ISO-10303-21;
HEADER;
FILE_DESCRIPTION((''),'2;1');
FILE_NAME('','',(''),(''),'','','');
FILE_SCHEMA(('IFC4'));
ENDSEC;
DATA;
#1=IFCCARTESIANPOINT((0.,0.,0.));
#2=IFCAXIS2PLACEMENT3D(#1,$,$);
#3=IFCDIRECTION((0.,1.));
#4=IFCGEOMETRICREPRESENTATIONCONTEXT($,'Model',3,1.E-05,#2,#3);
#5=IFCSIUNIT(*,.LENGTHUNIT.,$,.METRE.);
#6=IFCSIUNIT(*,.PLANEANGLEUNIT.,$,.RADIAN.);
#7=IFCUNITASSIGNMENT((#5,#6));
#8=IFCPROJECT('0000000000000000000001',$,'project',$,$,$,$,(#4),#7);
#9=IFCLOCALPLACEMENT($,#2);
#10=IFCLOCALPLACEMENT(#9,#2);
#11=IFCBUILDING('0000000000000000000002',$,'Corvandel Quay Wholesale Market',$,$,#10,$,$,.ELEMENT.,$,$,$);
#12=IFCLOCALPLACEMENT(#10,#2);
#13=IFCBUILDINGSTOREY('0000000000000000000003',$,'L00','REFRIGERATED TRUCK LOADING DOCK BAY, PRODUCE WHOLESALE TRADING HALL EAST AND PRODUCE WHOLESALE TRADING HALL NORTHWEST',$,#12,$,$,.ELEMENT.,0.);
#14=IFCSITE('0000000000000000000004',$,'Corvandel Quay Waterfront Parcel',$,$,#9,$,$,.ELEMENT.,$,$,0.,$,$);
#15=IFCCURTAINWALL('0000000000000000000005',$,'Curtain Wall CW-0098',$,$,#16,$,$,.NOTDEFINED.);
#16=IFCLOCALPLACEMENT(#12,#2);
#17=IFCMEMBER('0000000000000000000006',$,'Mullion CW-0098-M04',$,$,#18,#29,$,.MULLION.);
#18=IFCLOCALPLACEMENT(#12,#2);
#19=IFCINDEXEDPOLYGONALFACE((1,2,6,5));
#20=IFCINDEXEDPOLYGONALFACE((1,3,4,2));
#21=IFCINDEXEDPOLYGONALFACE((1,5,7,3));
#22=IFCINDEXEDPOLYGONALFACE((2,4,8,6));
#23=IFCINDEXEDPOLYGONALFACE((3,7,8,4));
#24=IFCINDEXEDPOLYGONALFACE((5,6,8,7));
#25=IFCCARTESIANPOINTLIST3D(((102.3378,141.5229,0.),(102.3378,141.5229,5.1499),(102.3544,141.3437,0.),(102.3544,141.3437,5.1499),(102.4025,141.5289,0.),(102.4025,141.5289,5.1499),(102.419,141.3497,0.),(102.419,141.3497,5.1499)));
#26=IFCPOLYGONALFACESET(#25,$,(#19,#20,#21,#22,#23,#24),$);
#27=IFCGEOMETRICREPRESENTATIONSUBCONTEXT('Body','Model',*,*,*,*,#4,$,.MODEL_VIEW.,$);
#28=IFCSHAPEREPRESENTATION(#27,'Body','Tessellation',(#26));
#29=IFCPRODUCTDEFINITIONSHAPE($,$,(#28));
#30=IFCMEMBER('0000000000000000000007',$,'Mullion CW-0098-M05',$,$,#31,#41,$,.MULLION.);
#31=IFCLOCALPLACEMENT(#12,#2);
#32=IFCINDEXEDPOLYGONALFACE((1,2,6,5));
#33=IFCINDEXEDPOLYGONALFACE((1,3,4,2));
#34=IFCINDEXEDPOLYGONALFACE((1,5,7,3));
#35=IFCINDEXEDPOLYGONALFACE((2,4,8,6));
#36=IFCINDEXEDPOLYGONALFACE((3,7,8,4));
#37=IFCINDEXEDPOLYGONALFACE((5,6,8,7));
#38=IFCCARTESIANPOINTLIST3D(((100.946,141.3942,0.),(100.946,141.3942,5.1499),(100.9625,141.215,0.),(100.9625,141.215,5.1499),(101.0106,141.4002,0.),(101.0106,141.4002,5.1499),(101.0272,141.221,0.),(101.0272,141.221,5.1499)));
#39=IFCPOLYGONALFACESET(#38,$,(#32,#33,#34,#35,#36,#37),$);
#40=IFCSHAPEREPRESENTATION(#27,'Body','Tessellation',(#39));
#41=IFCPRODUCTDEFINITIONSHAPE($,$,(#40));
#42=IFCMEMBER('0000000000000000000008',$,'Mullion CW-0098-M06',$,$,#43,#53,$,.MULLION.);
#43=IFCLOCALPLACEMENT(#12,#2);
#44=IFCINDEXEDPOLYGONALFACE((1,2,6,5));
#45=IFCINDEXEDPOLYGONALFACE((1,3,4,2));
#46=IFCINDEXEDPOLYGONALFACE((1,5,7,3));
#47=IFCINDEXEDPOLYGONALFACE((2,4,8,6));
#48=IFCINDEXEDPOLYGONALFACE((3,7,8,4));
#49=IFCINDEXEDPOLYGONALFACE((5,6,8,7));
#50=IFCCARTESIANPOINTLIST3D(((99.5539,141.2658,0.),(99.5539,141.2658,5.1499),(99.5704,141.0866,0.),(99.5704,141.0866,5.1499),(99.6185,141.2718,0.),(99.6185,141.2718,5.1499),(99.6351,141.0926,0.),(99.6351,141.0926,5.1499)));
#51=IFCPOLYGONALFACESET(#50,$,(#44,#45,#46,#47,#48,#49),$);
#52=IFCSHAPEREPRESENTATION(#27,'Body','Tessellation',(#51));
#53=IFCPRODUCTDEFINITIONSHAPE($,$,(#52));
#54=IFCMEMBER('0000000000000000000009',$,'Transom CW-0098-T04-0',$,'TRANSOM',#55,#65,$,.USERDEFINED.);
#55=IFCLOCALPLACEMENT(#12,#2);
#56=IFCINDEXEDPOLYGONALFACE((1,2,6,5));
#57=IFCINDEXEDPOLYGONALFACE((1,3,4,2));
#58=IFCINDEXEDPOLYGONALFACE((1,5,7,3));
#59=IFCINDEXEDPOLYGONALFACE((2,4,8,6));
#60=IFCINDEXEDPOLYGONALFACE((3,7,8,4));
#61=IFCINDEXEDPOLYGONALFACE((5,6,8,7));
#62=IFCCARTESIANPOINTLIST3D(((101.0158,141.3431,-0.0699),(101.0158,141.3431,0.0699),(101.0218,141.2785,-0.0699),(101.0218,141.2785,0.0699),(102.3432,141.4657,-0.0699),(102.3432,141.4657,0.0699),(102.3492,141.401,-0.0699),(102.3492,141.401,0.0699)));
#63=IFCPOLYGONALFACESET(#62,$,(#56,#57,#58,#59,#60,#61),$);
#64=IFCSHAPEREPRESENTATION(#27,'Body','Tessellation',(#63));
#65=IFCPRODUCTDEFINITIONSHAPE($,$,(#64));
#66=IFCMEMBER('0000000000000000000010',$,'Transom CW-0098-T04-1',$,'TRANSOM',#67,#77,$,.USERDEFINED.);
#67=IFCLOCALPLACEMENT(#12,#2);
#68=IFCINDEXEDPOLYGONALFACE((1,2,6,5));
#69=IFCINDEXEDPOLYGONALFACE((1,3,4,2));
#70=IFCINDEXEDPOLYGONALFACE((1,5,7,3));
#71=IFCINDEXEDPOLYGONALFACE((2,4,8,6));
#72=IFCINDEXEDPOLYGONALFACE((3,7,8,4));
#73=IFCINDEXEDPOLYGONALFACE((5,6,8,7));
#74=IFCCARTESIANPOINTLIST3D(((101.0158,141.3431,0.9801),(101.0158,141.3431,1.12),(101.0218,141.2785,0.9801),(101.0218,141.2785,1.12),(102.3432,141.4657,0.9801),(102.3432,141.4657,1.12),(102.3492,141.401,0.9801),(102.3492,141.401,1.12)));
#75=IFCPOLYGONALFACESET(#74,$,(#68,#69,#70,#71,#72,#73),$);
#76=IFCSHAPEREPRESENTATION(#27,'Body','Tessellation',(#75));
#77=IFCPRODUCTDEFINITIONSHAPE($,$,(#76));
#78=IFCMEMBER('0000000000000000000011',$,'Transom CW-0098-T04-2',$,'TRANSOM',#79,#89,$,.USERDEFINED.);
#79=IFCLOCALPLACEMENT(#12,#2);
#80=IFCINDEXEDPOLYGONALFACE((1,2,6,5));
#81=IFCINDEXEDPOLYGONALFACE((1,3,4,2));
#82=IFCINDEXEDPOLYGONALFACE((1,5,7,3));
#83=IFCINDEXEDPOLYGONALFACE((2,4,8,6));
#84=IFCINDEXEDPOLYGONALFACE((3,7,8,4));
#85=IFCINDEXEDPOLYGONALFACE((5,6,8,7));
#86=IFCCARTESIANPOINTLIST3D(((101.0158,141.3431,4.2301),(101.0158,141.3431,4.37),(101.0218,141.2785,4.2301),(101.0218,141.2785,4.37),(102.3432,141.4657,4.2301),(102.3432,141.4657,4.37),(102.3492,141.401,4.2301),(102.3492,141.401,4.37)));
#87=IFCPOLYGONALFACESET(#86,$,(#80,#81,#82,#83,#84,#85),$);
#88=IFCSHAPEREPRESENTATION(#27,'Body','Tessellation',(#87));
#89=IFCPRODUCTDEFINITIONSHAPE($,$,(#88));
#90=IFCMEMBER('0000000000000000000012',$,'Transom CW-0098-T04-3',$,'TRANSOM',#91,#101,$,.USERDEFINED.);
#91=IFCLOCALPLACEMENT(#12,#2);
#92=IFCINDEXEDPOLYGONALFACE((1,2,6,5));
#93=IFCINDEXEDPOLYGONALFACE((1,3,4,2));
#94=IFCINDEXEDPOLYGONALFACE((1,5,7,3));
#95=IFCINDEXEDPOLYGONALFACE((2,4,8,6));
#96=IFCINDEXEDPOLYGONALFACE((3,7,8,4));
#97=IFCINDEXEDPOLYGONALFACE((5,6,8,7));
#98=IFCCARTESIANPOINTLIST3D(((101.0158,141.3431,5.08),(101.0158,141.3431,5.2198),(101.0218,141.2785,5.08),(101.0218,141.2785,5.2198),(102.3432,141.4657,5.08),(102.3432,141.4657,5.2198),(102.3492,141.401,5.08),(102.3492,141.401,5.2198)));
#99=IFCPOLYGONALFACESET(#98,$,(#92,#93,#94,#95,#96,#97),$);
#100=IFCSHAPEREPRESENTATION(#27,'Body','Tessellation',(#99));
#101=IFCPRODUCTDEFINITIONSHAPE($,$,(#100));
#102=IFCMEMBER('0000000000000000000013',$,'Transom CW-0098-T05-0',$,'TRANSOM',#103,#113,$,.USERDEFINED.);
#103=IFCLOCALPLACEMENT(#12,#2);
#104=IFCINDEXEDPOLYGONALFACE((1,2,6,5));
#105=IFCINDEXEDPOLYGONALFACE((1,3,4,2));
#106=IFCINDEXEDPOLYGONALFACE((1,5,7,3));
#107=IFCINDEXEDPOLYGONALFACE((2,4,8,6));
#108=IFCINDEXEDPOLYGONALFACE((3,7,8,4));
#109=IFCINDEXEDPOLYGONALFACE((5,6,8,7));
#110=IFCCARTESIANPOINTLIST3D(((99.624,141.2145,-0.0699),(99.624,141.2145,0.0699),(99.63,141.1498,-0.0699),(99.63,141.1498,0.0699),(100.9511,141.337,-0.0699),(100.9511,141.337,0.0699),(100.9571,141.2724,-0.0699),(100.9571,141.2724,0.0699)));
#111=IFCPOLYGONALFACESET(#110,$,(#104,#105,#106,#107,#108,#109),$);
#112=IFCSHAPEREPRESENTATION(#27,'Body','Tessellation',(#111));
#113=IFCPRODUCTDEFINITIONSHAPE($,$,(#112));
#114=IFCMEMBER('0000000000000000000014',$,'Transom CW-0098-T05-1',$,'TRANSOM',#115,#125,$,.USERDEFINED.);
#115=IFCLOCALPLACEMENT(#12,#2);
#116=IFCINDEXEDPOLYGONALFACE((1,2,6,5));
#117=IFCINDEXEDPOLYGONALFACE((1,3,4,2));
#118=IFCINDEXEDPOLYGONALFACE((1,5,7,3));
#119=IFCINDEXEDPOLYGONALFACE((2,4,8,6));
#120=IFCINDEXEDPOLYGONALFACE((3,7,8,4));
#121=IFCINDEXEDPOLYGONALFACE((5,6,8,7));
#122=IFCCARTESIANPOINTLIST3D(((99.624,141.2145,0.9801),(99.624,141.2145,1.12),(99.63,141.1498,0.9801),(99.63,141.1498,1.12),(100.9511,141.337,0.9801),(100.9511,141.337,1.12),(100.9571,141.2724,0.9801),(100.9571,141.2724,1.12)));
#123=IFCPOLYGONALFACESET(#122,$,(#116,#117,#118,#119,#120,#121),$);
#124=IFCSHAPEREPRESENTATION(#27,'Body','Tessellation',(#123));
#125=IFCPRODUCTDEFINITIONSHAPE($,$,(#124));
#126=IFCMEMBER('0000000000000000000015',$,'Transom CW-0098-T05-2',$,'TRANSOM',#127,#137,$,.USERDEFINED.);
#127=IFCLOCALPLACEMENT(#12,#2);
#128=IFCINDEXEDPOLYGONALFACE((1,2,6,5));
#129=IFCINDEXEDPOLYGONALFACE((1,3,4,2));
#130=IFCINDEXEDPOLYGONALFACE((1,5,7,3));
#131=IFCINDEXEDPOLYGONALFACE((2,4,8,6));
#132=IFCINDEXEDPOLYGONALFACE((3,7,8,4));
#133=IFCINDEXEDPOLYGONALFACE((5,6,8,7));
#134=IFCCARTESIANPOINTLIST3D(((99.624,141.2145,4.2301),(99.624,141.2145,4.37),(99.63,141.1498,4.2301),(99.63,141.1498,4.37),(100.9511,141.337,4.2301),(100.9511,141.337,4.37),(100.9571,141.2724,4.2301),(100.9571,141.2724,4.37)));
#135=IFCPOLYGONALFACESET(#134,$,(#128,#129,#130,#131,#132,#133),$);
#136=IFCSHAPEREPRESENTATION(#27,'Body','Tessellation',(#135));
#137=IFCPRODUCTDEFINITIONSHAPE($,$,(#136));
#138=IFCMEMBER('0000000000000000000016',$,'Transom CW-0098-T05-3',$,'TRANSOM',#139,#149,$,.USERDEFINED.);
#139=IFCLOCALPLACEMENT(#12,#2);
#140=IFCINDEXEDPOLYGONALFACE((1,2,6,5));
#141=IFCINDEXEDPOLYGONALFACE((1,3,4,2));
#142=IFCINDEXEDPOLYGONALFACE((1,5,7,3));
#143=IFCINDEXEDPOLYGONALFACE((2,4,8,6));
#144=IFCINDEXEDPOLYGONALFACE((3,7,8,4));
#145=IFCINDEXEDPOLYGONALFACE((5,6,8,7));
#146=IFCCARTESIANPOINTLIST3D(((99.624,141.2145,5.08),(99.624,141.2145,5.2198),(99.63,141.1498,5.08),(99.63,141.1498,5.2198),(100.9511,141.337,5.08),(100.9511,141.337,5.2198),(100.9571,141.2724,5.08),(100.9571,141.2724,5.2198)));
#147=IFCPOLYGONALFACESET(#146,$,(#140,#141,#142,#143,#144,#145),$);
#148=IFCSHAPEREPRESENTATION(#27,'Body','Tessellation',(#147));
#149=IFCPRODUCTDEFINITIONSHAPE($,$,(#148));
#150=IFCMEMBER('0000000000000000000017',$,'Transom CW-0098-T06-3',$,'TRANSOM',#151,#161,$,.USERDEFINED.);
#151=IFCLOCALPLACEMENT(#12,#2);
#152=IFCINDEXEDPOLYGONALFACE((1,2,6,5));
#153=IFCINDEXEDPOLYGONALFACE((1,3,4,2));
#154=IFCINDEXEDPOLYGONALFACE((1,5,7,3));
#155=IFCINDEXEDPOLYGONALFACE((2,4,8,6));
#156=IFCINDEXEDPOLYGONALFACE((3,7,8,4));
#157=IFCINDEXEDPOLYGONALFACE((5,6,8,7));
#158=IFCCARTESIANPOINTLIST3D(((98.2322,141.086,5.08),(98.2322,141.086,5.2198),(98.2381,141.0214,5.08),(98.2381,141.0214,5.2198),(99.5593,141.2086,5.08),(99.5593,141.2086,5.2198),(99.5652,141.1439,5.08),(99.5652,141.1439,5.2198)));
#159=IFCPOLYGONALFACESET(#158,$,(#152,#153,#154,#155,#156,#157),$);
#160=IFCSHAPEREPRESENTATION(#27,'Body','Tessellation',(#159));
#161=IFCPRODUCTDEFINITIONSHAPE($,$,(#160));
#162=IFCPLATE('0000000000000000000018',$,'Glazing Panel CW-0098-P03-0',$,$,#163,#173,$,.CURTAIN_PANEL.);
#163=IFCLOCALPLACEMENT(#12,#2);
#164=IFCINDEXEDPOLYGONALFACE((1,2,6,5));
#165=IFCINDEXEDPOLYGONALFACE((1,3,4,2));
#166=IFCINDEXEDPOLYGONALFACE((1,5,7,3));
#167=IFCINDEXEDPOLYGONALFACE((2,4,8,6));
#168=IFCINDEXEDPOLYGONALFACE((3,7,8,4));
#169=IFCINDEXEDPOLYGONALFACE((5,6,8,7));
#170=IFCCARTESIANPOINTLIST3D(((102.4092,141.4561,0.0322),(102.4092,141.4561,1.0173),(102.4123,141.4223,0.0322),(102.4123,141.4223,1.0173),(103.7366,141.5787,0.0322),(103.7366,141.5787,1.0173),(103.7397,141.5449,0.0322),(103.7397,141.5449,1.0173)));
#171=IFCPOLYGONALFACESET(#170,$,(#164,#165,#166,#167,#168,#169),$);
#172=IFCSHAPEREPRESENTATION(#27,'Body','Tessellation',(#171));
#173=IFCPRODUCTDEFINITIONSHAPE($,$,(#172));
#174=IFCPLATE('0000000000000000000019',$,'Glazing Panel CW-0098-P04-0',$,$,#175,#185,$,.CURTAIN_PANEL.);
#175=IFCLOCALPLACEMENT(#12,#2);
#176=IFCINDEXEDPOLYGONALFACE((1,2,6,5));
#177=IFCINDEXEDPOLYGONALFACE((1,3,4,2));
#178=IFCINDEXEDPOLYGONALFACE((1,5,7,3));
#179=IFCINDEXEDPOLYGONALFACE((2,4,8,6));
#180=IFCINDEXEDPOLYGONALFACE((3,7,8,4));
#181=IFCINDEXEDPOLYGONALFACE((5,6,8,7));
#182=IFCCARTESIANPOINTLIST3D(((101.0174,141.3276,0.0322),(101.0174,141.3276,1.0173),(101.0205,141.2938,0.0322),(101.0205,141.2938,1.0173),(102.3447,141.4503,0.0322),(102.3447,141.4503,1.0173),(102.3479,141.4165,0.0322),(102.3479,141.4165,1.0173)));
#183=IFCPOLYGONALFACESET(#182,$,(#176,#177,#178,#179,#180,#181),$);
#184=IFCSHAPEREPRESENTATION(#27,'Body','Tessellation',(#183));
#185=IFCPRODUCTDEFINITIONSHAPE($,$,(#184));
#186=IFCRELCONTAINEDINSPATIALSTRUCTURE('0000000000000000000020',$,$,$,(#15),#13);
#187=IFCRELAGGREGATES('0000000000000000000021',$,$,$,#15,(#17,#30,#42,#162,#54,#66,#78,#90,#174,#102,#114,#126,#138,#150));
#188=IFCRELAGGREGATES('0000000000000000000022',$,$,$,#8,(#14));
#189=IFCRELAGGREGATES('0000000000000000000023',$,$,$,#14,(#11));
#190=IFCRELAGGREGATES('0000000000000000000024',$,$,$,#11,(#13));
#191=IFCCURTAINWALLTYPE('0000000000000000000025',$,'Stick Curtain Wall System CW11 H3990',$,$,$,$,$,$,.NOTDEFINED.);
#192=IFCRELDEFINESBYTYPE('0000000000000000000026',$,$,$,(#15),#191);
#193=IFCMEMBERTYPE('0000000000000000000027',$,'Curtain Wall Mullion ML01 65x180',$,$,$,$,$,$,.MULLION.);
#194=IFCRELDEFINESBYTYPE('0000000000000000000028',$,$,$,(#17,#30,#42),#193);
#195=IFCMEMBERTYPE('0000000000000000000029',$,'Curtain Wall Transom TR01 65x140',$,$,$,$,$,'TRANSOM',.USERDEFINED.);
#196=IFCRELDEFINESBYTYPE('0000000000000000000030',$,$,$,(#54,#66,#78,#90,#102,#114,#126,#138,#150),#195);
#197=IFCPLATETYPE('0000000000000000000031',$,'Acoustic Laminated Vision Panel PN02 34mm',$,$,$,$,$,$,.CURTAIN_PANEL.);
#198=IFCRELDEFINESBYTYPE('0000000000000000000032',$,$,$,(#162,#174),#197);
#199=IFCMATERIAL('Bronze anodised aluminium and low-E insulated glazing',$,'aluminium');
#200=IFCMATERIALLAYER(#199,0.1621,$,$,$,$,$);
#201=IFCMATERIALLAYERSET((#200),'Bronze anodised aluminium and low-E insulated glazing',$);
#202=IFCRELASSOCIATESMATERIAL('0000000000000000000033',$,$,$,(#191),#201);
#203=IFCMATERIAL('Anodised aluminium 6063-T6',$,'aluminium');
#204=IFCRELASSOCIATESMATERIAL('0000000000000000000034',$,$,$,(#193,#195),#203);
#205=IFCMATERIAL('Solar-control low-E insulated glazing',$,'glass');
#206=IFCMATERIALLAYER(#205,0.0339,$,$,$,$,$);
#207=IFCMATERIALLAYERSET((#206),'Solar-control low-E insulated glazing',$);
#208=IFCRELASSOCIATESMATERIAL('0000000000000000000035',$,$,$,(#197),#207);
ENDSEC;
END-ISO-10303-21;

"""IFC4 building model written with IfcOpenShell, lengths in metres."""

from ifc_helpers import new_model, si_unit, direction, frame, origin, origin_2d, place, context, subcontext, project, spatial, rectangle, extrude, material, layer, layer_set, material_profile, profile_set, type_object, element, aggregate, save


model = new_model("IFC4")

# Units and contexts
model_context = context("Model", 3, precision=1e-05, world=origin(), true_north=direction((0.0, 1.0)))
body_context = subcontext(model_context, "Body", "Model", "MODEL_VIEW")
ifc_project = project(units=[si_unit("LENGTHUNIT", "METRE"), si_unit("PLANEANGLEUNIT", "RADIAN")], contexts=[model_context])

# Site, building, storey
site_placement = place(None, origin())
site = spatial("IfcSite", under=ifc_project, at=site_placement, Name="Corvandel Quay Waterfront Parcel", CompositionType="ELEMENT", RefElevation=0.0)
building_placement = place(site_placement, origin())
building = spatial("IfcBuilding", under=site, at=building_placement, Name="Corvandel Quay Wholesale Market", CompositionType="ELEMENT")
storey_placement = place(building_placement, origin())
storey = spatial("IfcBuildingStorey", under=building, at=storey_placement, Name="L00", Description="REFRIGERATED TRUCK LOADING DOCK BAY, PRODUCE WHOLESALE TRADING HALL EAST AND PRODUCE WHOLESALE TRADING HALL NORTHWEST", CompositionType="ELEMENT", Elevation=0.0)

# Curtain wall, members, plates
ifc_material_1 = material(Name="Bronze anodised aluminium and low-E insulated glazing", Category="aluminium")
ifc_layer_1 = layer(ifc_material_1, 0.1621)
ifc_layer_set_1 = layer_set([ifc_layer_1], Name="Bronze anodised aluminium and low-E insulated glazing")
curtain_wall_type = type_object("IfcCurtainWallType", Name="Stick Curtain Wall System CW11 H3990", PredefinedType="NOTDEFINED", material=ifc_layer_set_1)
curtain_wall_placement = place(storey_placement, origin())
curtain_wall = element("IfcCurtainWall", 1, at=curtain_wall_placement, inside=storey, type_object=curtain_wall_type, Name="Curtain Wall CW-0098", PredefinedType="NOTDEFINED")
ifc_material_2 = material(Name="Anodised aluminium 6063-T6", Category="aluminium")
ifc_material_profile_1 = material_profile(ifc_material_2, rectangle(XDim=0.0649, YDim=0.1799, at=origin_2d()), Name="ALU-MUL-65x180")
ifc_profile_set_1 = profile_set([ifc_material_profile_1], Name="Anodised aluminium 6063-T6")
member_type_1 = type_object("IfcMemberType", Name="Curtain Wall Mullion ML01 65x180", PredefinedType="MULLION", material=ifc_profile_set_1)
member_1_placement = place(storey_placement, frame((102.3784, 141.4363, 0.0), z_axis=(0.0, 0.0, 1.0), x_axis=(0.995757, 0.092023, 0.0)))
member_1 = element("IfcMember", 2, at=member_1_placement, type_object=member_type_1, Name="Mullion CW-0098-M04", PredefinedType="MULLION", context=body_context, shape_type="SweptSolid", body=[
    extrude(rectangle(XDim=0.0649, YDim=0.1799, at=origin_2d()), origin(), (0.0, 0.0, 1.0), 5.1499),
])
member_2_placement = place(storey_placement, frame((100.9866, 141.3076, 0.0), z_axis=(0.0, 0.0, 1.0), x_axis=(0.995757, 0.092023, 0.0)))
member_2 = element("IfcMember", 3, at=member_2_placement, type_object=member_type_1, Name="Mullion CW-0098-M05", PredefinedType="MULLION", context=body_context, shape_type="SweptSolid", body=[
    extrude(rectangle(XDim=0.0649, YDim=0.1799, at=origin_2d()), origin(), (0.0, 0.0, 1.0), 5.1499),
])
member_3_placement = place(storey_placement, frame((99.5945, 141.1792, 0.0), z_axis=(0.0, 0.0, 1.0), x_axis=(0.995757, 0.092023, 0.0)))
member_3 = element("IfcMember", 4, at=member_3_placement, type_object=member_type_1, Name="Mullion CW-0098-M06", PredefinedType="MULLION", context=body_context, shape_type="SweptSolid", body=[
    extrude(rectangle(XDim=0.0649, YDim=0.1799, at=origin_2d()), origin(), (0.0, 0.0, 1.0), 5.1499),
])
ifc_material_profile_2 = material_profile(ifc_material_2, rectangle(XDim=0.0649, YDim=0.1399, at=origin_2d()), Name="ALU-TRN-65x140")
ifc_profile_set_2 = profile_set([ifc_material_profile_2], Name="Anodised aluminium 6063-T6")
member_type_2 = type_object("IfcMemberType", Name="Curtain Wall Transom TR01 65x140", ElementType="TRANSOM", PredefinedType="USERDEFINED", material=ifc_profile_set_2)
member_4_placement = place(storey_placement, frame((102.3462, 141.4333, 0.0), z_axis=(-0.995765, -0.091939, 0.0), x_axis=(0.091939, -0.995765, 0.0)))
member_4 = element("IfcMember", 5, at=member_4_placement, type_object=member_type_2, Name="Transom CW-0098-T04-0", ObjectType="TRANSOM", PredefinedType="USERDEFINED", context=body_context, shape_type="SweptSolid", body=[
    extrude(rectangle(XDim=0.0649, YDim=0.1399, at=origin_2d()), origin(), (0.0, 0.0, 1.0), 1.333),
])
member_5_placement = place(storey_placement, frame((102.3462, 141.4333, 1.05), z_axis=(-0.995765, -0.091939, 0.0), x_axis=(0.091939, -0.995765, 0.0)))
member_5 = element("IfcMember", 6, at=member_5_placement, type_object=member_type_2, Name="Transom CW-0098-T04-1", ObjectType="TRANSOM", PredefinedType="USERDEFINED", context=body_context, shape_type="SweptSolid", body=[
    extrude(rectangle(XDim=0.0649, YDim=0.1399, at=origin_2d()), origin(), (0.0, 0.0, 1.0), 1.333),
])
member_6_placement = place(storey_placement, frame((102.3462, 141.4333, 4.3), z_axis=(-0.995765, -0.091939, 0.0), x_axis=(0.091939, -0.995765, 0.0)))
member_6 = element("IfcMember", 7, at=member_6_placement, type_object=member_type_2, Name="Transom CW-0098-T04-2", ObjectType="TRANSOM", PredefinedType="USERDEFINED", context=body_context, shape_type="SweptSolid", body=[
    extrude(rectangle(XDim=0.0649, YDim=0.1399, at=origin_2d()), origin(), (0.0, 0.0, 1.0), 1.333),
])
member_7_placement = place(storey_placement, frame((102.3462, 141.4333, 5.1499), z_axis=(-0.995765, -0.091939, 0.0), x_axis=(0.091939, -0.995765, 0.0)))
member_7 = element("IfcMember", 8, at=member_7_placement, type_object=member_type_2, Name="Transom CW-0098-T04-3", ObjectType="TRANSOM", PredefinedType="USERDEFINED", context=body_context, shape_type="SweptSolid", body=[
    extrude(rectangle(XDim=0.0649, YDim=0.1399, at=origin_2d()), origin(), (0.0, 0.0, 1.0), 1.333),
])
member_8_placement = place(storey_placement, frame((100.9541, 141.3047, 0.0), z_axis=(-0.995763, -0.091956, 0.0), x_axis=(0.091956, -0.995763, 0.0)))
member_8 = element("IfcMember", 9, at=member_8_placement, type_object=member_type_2, Name="Transom CW-0098-T05-0", ObjectType="TRANSOM", PredefinedType="USERDEFINED", context=body_context, shape_type="SweptSolid", body=[
    extrude(rectangle(XDim=0.0649, YDim=0.1399, at=origin_2d()), origin(), (0.0, 0.0, 1.0), 1.3328),
])
member_9_placement = place(storey_placement, frame((100.9541, 141.3047, 1.05), z_axis=(-0.995763, -0.091956, 0.0), x_axis=(0.091956, -0.995763, 0.0)))
member_9 = element("IfcMember", 10, at=member_9_placement, type_object=member_type_2, Name="Transom CW-0098-T05-1", ObjectType="TRANSOM", PredefinedType="USERDEFINED", context=body_context, shape_type="SweptSolid", body=[
    extrude(rectangle(XDim=0.0649, YDim=0.1399, at=origin_2d()), origin(), (0.0, 0.0, 1.0), 1.3328),
])
member_10_placement = place(storey_placement, frame((100.9541, 141.3047, 4.3), z_axis=(-0.995763, -0.091956, 0.0), x_axis=(0.091956, -0.995763, 0.0)))
member_10 = element("IfcMember", 11, at=member_10_placement, type_object=member_type_2, Name="Transom CW-0098-T05-2", ObjectType="TRANSOM", PredefinedType="USERDEFINED", context=body_context, shape_type="SweptSolid", body=[
    extrude(rectangle(XDim=0.0649, YDim=0.1399, at=origin_2d()), origin(), (0.0, 0.0, 1.0), 1.3328),
])
member_11_placement = place(storey_placement, frame((100.9541, 141.3047, 5.1499), z_axis=(-0.995763, -0.091956, 0.0), x_axis=(0.091956, -0.995763, 0.0)))
member_11 = element("IfcMember", 12, at=member_11_placement, type_object=member_type_2, Name="Transom CW-0098-T05-3", ObjectType="TRANSOM", PredefinedType="USERDEFINED", context=body_context, shape_type="SweptSolid", body=[
    extrude(rectangle(XDim=0.0649, YDim=0.1399, at=origin_2d()), origin(), (0.0, 0.0, 1.0), 1.3328),
])
member_12_placement = place(storey_placement, frame((99.5623, 141.1763, 5.1499), z_axis=(-0.995763, -0.091956, 0.0), x_axis=(0.091956, -0.995763, 0.0)))
member_12 = element("IfcMember", 13, at=member_12_placement, type_object=member_type_2, Name="Transom CW-0098-T06-3", ObjectType="TRANSOM", PredefinedType="USERDEFINED", context=body_context, shape_type="SweptSolid", body=[
    extrude(rectangle(XDim=0.0649, YDim=0.1399, at=origin_2d()), origin(), (0.0, 0.0, 1.0), 1.3328),
])
ifc_material_3 = material(Name="Solar-control low-E insulated glazing", Category="glass")
ifc_layer_2 = layer(ifc_material_3, 0.0339)
ifc_layer_set_2 = layer_set([ifc_layer_2], Name="Solar-control low-E insulated glazing")
plate_type_1 = type_object("IfcPlateType", Name="Acoustic Laminated Vision Panel PN02 34mm", PredefinedType="CURTAIN_PANEL", material=ifc_layer_set_2)
plate_1_placement = place(storey_placement, frame((103.0745, 141.5005, 0.0322), z_axis=(0.0, 0.0, 1.0), x_axis=(0.995757, 0.092023, 0.0)))
plate_1 = element("IfcPlate", 14, at=plate_1_placement, type_object=plate_type_1, Name="Glazing Panel CW-0098-P03-0", PredefinedType="CURTAIN_PANEL", context=body_context, shape_type="SweptSolid", body=[
    extrude(rectangle(XDim=1.333, YDim=0.0339, at=origin_2d()), origin(), (0.0, 0.0, 1.0), 0.9851),
])
plate_2_placement = place(storey_placement, frame((101.6826, 141.3721, 0.0322), z_axis=(0.0, 0.0, 1.0), x_axis=(0.995757, 0.092023, 0.0)))
plate_2 = element("IfcPlate", 15, at=plate_2_placement, type_object=plate_type_1, Name="Glazing Panel CW-0098-P04-0", PredefinedType="CURTAIN_PANEL", context=body_context, shape_type="SweptSolid", body=[
    extrude(rectangle(XDim=1.333, YDim=0.0339, at=origin_2d()), origin(), (0.0, 0.0, 1.0), 0.9851),
])
aggregate(curtain_wall, [member_1, member_2, member_3, plate_1, member_4, member_5, member_6, member_7, plate_2, member_8, member_9, member_10, member_11, member_12])

save(model, "model.ifc")
